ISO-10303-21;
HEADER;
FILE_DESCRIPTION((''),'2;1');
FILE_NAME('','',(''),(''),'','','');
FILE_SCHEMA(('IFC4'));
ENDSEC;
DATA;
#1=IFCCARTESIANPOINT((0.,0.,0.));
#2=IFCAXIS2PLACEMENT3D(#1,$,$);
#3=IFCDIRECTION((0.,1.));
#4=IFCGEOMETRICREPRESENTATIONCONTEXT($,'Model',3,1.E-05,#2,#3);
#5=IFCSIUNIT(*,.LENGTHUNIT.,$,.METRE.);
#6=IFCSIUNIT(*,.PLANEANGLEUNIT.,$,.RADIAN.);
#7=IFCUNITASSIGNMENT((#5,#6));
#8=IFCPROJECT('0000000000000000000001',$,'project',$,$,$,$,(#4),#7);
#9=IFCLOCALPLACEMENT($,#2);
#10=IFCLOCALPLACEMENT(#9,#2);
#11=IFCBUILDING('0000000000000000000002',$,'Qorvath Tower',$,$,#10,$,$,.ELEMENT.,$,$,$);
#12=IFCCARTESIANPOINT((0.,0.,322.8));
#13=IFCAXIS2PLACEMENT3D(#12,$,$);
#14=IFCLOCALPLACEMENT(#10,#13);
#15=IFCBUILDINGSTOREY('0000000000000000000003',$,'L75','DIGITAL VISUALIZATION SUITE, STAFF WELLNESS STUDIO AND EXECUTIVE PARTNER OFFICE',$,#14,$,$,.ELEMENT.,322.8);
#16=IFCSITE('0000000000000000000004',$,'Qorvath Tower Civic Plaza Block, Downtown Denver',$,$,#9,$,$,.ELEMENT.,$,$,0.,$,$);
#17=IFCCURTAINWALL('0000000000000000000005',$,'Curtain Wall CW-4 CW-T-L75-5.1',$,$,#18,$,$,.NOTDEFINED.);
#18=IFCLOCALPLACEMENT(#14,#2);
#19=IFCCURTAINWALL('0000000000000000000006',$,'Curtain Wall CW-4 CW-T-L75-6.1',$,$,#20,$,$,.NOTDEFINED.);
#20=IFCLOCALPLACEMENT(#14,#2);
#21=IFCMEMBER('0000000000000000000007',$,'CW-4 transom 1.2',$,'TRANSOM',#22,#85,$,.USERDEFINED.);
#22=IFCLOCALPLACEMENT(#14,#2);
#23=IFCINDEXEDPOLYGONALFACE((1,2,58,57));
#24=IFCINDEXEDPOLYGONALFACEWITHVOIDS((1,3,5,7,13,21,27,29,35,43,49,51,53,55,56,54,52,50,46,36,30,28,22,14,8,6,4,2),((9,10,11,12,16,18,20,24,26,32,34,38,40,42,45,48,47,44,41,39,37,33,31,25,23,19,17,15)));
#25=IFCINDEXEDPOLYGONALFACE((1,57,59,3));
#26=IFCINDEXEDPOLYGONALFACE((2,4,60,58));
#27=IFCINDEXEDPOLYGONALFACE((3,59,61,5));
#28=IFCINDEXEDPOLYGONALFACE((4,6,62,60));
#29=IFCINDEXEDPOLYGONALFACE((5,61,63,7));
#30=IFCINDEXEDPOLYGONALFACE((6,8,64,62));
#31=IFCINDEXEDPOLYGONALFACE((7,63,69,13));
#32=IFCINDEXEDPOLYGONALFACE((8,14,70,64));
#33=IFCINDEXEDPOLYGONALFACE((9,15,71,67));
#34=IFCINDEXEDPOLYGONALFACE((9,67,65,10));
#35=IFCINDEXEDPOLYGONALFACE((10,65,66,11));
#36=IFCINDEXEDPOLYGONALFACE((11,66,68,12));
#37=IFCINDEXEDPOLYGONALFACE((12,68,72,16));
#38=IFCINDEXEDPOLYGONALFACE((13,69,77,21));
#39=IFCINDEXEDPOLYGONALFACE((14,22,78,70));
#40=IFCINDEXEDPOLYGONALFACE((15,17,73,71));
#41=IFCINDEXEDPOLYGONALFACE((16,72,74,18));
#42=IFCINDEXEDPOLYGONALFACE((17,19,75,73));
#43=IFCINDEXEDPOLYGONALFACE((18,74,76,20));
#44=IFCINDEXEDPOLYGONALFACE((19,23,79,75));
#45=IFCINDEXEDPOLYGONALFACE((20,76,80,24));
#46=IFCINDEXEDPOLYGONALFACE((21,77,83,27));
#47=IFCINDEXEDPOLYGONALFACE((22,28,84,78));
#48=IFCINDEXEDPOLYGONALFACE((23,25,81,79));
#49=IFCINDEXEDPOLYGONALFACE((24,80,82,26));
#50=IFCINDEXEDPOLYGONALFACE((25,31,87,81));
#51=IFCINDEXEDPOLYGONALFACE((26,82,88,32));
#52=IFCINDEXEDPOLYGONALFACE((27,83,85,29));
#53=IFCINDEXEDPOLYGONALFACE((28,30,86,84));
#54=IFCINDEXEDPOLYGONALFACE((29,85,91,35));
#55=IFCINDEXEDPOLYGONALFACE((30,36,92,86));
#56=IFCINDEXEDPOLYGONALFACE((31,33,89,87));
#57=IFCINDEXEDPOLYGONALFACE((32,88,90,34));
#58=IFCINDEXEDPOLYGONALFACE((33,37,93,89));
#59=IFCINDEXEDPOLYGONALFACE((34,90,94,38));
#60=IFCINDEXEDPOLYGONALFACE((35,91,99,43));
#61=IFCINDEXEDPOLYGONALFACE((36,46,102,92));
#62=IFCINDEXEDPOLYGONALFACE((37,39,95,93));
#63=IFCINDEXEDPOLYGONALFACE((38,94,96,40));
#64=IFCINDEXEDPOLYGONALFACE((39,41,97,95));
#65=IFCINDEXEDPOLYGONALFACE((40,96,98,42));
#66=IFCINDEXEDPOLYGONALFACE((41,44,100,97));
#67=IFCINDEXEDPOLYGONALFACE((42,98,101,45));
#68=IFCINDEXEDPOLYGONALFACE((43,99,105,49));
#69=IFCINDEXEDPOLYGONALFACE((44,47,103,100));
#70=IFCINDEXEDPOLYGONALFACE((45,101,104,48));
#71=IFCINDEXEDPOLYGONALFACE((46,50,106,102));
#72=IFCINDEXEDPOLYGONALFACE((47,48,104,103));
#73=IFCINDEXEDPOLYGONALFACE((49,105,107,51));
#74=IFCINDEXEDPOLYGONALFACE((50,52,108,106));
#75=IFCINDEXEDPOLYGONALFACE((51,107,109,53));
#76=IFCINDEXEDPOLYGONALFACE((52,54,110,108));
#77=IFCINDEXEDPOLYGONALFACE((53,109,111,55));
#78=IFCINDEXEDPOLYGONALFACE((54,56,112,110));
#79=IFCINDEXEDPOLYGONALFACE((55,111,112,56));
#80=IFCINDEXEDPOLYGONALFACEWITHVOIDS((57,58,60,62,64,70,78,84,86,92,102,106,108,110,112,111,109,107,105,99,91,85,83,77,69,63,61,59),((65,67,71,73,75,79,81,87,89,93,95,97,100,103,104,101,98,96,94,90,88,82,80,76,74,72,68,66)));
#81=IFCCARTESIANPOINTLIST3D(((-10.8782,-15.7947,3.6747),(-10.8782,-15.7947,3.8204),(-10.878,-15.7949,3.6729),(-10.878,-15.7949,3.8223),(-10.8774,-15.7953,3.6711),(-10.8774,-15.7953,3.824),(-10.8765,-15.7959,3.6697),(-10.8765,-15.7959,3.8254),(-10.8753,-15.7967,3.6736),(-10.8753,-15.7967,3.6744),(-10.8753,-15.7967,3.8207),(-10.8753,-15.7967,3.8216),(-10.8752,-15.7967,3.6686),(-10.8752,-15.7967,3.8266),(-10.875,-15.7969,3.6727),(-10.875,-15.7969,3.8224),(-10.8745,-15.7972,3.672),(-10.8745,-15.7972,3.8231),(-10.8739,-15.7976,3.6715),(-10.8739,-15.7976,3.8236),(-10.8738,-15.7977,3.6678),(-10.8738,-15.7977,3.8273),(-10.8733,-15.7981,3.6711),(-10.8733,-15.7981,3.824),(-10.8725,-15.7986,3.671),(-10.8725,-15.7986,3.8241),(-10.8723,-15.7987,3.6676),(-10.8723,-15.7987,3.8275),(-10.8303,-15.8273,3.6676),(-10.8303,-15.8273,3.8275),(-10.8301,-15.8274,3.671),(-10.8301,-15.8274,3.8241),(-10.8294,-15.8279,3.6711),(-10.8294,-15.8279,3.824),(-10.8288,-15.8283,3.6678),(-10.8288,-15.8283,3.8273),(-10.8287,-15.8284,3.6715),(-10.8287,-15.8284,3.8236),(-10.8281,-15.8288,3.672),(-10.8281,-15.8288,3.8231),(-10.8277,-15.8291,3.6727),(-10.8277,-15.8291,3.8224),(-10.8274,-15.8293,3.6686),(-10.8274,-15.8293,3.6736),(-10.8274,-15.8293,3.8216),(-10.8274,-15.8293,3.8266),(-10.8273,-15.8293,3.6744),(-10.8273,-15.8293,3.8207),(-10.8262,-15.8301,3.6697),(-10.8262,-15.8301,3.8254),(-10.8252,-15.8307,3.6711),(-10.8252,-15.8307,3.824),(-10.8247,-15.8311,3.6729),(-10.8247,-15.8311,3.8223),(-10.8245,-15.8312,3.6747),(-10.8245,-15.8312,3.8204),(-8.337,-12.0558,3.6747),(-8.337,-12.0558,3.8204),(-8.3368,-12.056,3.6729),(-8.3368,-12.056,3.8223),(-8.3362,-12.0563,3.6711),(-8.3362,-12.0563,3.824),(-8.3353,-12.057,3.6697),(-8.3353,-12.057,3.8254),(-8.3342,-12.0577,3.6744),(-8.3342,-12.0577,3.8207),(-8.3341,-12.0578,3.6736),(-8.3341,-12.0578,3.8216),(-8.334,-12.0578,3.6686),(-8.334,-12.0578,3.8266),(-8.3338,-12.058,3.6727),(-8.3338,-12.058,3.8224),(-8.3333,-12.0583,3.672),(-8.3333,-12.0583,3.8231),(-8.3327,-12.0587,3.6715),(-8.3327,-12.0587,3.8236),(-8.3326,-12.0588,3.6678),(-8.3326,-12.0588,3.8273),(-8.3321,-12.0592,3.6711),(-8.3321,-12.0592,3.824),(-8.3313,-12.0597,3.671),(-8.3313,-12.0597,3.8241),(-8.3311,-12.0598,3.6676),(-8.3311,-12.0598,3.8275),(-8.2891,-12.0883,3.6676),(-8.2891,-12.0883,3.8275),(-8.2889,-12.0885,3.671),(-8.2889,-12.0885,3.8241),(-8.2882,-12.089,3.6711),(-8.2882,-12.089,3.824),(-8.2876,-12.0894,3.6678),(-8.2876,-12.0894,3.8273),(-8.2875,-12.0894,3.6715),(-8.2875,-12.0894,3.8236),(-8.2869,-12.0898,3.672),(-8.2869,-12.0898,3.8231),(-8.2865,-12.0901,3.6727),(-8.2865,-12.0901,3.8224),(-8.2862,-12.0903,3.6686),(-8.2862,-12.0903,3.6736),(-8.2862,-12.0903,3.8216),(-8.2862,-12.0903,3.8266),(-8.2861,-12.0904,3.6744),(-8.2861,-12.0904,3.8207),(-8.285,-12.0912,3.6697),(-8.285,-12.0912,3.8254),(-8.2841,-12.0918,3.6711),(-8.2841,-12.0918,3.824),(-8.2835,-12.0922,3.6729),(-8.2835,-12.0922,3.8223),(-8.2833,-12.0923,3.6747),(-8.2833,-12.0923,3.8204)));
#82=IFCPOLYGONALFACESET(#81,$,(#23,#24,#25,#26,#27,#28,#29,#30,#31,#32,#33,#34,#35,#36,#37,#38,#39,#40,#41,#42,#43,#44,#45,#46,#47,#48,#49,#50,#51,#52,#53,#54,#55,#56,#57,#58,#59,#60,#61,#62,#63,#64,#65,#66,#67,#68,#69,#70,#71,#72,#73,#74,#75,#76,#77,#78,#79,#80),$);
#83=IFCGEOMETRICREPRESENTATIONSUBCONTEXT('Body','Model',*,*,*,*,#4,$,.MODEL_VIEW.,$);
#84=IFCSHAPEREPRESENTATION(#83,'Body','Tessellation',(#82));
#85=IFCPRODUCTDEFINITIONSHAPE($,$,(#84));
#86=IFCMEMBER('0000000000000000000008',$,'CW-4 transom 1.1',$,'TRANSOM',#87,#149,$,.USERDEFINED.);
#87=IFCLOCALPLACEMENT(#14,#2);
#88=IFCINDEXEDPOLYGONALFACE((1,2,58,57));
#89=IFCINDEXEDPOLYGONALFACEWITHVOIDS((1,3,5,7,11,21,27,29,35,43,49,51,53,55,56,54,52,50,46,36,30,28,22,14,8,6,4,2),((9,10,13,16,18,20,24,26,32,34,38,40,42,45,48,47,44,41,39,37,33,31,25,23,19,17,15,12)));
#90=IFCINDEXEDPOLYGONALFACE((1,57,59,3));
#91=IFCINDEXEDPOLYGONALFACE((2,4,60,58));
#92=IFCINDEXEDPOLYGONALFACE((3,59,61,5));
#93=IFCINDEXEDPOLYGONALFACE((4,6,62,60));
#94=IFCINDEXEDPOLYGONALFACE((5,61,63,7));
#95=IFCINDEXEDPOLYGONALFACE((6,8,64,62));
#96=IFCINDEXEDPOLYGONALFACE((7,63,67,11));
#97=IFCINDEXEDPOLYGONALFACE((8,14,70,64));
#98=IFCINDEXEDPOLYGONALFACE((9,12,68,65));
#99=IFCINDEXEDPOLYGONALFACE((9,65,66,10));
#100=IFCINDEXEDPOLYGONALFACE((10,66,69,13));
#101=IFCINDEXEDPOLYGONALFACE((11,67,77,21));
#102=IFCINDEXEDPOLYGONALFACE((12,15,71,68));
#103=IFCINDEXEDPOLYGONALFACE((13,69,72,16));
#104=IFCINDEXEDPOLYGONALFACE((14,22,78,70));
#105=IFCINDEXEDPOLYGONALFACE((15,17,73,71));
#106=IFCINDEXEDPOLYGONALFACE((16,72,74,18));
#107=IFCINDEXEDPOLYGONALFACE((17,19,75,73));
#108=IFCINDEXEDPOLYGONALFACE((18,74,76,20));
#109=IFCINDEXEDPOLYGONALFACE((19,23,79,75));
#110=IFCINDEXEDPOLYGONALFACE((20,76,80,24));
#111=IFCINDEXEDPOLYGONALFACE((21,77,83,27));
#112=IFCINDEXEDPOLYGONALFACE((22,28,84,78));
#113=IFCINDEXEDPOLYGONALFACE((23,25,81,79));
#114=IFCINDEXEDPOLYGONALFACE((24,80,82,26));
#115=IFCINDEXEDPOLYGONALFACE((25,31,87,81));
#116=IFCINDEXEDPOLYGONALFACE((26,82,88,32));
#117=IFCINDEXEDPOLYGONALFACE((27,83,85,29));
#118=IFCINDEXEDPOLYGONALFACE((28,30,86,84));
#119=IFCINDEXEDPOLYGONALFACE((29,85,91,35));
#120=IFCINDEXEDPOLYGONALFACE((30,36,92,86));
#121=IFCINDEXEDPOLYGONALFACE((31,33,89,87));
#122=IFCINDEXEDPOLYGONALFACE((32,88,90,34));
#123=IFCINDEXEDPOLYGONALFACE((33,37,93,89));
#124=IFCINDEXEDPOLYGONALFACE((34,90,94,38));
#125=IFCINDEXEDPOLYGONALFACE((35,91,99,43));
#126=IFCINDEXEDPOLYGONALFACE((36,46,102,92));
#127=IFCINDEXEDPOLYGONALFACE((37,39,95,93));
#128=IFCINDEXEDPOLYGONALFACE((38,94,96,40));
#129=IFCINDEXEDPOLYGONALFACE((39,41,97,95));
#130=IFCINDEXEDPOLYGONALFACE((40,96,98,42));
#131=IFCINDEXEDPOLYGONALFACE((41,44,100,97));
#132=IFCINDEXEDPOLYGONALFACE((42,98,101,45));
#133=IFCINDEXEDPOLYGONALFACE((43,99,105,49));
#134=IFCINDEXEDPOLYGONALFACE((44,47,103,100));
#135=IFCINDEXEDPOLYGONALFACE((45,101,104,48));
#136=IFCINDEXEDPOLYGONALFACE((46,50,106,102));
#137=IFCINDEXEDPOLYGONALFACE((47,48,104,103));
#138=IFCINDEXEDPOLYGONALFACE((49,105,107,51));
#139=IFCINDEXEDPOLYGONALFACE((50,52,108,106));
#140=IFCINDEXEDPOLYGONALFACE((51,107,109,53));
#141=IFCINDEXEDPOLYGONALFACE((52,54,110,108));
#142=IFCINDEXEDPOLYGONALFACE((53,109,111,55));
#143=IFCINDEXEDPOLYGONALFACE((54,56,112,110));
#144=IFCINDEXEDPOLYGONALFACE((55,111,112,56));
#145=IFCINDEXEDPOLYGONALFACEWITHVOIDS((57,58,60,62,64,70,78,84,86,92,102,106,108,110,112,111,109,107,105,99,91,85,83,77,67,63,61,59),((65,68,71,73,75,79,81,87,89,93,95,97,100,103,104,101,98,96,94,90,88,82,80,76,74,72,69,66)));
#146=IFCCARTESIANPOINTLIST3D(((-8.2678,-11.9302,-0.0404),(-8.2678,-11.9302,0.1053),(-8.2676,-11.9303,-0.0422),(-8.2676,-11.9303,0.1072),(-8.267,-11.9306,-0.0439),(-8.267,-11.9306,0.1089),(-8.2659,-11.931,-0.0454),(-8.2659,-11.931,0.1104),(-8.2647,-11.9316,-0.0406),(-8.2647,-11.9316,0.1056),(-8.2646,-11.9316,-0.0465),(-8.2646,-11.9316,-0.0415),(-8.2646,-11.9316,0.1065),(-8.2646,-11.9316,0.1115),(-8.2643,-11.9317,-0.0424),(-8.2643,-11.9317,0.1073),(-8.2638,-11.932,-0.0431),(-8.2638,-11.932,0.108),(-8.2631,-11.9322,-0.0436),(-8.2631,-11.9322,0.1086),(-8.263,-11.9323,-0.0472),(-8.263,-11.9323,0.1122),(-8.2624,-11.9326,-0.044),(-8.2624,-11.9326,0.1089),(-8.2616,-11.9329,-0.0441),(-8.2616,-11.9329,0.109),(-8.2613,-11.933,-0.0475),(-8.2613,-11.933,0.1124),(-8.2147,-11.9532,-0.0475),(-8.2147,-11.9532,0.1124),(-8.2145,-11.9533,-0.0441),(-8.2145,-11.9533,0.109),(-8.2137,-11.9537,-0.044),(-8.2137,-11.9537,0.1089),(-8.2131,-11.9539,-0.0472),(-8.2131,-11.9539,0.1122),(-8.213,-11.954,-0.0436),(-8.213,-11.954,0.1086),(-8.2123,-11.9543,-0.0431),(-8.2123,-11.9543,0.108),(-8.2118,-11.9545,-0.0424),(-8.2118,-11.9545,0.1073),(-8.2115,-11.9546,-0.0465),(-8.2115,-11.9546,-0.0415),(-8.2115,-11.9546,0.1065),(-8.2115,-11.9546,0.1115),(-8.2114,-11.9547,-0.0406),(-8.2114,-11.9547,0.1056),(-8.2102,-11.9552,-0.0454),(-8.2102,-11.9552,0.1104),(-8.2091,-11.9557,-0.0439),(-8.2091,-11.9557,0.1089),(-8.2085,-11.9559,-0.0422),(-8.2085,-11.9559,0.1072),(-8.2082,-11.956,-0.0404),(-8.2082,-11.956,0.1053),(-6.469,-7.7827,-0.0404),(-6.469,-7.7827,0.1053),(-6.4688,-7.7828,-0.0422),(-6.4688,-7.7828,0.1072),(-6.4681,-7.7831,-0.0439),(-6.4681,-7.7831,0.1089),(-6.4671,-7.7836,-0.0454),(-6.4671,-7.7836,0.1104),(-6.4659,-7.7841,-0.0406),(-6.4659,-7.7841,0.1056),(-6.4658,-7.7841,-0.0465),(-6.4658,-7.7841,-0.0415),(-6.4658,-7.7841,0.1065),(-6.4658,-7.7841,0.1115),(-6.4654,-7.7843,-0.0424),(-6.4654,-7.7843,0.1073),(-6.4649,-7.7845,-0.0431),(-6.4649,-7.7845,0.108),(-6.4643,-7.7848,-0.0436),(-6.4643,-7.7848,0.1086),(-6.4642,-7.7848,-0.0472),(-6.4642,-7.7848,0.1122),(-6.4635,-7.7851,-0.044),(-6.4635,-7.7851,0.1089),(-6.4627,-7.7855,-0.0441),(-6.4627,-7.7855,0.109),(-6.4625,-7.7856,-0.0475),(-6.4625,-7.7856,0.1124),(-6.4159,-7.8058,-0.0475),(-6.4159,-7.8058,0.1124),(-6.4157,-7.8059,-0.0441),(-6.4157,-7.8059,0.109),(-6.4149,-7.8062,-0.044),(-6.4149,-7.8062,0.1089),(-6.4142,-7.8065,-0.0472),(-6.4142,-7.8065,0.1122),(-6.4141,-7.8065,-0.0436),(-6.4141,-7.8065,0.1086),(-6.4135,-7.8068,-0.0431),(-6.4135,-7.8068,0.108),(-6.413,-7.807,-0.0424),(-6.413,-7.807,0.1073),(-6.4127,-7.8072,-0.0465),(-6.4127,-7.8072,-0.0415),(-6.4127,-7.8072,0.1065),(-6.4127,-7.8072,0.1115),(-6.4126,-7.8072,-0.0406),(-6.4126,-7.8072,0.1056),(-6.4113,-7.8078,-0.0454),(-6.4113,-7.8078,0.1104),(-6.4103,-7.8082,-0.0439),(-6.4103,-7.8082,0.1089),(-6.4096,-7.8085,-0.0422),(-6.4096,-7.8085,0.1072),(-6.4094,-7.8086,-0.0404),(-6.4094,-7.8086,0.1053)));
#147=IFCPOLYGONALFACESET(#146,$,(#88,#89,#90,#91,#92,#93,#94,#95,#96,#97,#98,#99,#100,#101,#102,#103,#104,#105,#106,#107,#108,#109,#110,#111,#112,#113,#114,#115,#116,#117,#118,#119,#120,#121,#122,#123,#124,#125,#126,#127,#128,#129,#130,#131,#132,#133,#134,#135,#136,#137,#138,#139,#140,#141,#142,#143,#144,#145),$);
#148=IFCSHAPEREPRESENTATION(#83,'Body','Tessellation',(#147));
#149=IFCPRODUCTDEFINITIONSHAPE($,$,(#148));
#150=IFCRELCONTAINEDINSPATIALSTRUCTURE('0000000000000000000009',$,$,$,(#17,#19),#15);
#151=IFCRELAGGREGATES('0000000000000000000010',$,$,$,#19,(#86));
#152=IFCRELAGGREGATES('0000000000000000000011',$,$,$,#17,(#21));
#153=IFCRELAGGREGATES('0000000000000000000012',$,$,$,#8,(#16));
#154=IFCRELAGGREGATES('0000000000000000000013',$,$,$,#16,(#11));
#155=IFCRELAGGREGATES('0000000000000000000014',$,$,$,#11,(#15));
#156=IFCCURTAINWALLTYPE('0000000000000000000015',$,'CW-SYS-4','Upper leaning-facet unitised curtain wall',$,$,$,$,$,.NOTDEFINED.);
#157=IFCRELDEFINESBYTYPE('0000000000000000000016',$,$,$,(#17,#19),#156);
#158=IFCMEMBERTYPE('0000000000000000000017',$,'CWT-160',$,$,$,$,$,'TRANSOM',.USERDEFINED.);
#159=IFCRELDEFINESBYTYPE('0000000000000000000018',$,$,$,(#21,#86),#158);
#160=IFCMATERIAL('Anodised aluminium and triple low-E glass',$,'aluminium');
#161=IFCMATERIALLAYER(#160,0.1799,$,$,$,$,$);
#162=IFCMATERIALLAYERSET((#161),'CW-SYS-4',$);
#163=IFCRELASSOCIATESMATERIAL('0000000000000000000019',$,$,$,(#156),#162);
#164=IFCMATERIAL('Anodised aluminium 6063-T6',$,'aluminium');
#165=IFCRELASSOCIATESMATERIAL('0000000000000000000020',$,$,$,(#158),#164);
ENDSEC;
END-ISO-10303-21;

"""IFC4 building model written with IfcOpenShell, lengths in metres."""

from ifc_helpers import new_model, si_unit, direction, frame, origin, origin_2d, place, context, subcontext, project, spatial, hollow_rectangle, extrude, material, layer, layer_set, material_profile, profile_set, type_object, element, aggregate, save


model = new_model("IFC4")

# Units and contexts
model_context = context("Model", 3, precision=1e-05, world=origin(), true_north=direction((0.0, 1.0)))
body_context = subcontext(model_context, "Body", "Model", "MODEL_VIEW")
ifc_project = project(units=[si_unit("LENGTHUNIT", "METRE"), si_unit("PLANEANGLEUNIT", "RADIAN")], contexts=[model_context])

# Site, building, storey
site_placement = place(None, origin())
site = spatial("IfcSite", under=ifc_project, at=site_placement, Name="Qorvath Tower Civic Plaza Block, Downtown Denver", CompositionType="ELEMENT", RefElevation=0.0)
building_placement = place(site_placement, origin())
building = spatial("IfcBuilding", under=site, at=building_placement, Name="Qorvath Tower", CompositionType="ELEMENT")
storey_placement = place(building_placement, frame((0.0, 0.0, 322.8)))
storey = spatial("IfcBuildingStorey", under=building, at=storey_placement, Name="L75", Description="DIGITAL VISUALIZATION SUITE, STAFF WELLNESS STUDIO AND EXECUTIVE PARTNER OFFICE", CompositionType="ELEMENT", Elevation=322.8)

# Shared definitions
ifc_material_1 = material(Name="Anodised aluminium and triple low-E glass", Category="aluminium")
ifc_layer_1 = layer(ifc_material_1, 0.1799)
ifc_layer_set_1 = layer_set([ifc_layer_1], Name="CW-SYS-4")
curtain_wall_type = type_object("IfcCurtainWallType", Name="CW-SYS-4", Description="Upper leaning-facet unitised curtain wall", PredefinedType="NOTDEFINED", material=ifc_layer_set_1)

# Curtain wall
curtain_wall_1_placement = place(storey_placement, origin())
curtain_wall_1 = element("IfcCurtainWall", 1, at=curtain_wall_1_placement, inside=storey, type_object=curtain_wall_type, Name="Curtain Wall CW-4 CW-T-L75-5.1", PredefinedType="NOTDEFINED")

# Curtain wall
curtain_wall_2_placement = place(storey_placement, origin())
curtain_wall_2 = element("IfcCurtainWall", 2, at=curtain_wall_2_placement, inside=storey, type_object=curtain_wall_type, Name="Curtain Wall CW-4 CW-T-L75-6.1", PredefinedType="NOTDEFINED")

# Members
ifc_material_2 = material(Name="Anodised aluminium 6063-T6", Category="aluminium")
ifc_material_profile_1 = material_profile(ifc_material_2, hollow_rectangle(XDim=0.0649, YDim=0.1599, WallThickness=0.0034, InnerFilletRadius=0.0034, OuterFilletRadius=0.0071, at=origin_2d()), Name="CWT 160x65")
ifc_profile_set_1 = profile_set([ifc_material_profile_1], Name="Anodised aluminium 6063-T6")
member_type_1 = type_object("IfcMemberType", Name="CWT-160", ElementType="TRANSOM", PredefinedType="USERDEFINED", material=ifc_profile_set_1)
member_1_placement = place(storey_placement, frame((-10.8513, -15.813, 3.7476), z_axis=(0.562118, 0.827057, 0.0), x_axis=(-0.827057, 0.562118, 0.0)))
member_1 = element("IfcMember", 3, at=member_1_placement, type_object=member_type_1, Name="CW-4 transom 1.2", ObjectType="TRANSOM", PredefinedType="USERDEFINED", context=body_context, shape_type="SweptSolid", body=[
    extrude(hollow_rectangle(XDim=0.0649, YDim=0.1599, WallThickness=0.0034, InnerFilletRadius=0.0034, OuterFilletRadius=0.0071, at=origin_2d()), origin(), (0.0, 0.0, 1.0), 4.5208),
])
member_2_placement = place(storey_placement, frame((-8.238, -11.9431, 0.0325), z_axis=(0.397904, 0.917427, 0.0), x_axis=(-0.917427, 0.397904, 0.0)))
member_2 = element("IfcMember", 4, at=member_2_placement, type_object=member_type_1, Name="CW-4 transom 1.1", ObjectType="TRANSOM", PredefinedType="USERDEFINED", context=body_context, shape_type="SweptSolid", body=[
    extrude(hollow_rectangle(XDim=0.0649, YDim=0.1599, WallThickness=0.0034, InnerFilletRadius=0.0034, OuterFilletRadius=0.0071, at=origin_2d()), origin(), (0.0, 0.0, 1.0), 4.5208),
])
aggregate(curtain_wall_2, [member_2])

aggregate(curtain_wall_1, [member_1])

save(model, "model.ifc")
